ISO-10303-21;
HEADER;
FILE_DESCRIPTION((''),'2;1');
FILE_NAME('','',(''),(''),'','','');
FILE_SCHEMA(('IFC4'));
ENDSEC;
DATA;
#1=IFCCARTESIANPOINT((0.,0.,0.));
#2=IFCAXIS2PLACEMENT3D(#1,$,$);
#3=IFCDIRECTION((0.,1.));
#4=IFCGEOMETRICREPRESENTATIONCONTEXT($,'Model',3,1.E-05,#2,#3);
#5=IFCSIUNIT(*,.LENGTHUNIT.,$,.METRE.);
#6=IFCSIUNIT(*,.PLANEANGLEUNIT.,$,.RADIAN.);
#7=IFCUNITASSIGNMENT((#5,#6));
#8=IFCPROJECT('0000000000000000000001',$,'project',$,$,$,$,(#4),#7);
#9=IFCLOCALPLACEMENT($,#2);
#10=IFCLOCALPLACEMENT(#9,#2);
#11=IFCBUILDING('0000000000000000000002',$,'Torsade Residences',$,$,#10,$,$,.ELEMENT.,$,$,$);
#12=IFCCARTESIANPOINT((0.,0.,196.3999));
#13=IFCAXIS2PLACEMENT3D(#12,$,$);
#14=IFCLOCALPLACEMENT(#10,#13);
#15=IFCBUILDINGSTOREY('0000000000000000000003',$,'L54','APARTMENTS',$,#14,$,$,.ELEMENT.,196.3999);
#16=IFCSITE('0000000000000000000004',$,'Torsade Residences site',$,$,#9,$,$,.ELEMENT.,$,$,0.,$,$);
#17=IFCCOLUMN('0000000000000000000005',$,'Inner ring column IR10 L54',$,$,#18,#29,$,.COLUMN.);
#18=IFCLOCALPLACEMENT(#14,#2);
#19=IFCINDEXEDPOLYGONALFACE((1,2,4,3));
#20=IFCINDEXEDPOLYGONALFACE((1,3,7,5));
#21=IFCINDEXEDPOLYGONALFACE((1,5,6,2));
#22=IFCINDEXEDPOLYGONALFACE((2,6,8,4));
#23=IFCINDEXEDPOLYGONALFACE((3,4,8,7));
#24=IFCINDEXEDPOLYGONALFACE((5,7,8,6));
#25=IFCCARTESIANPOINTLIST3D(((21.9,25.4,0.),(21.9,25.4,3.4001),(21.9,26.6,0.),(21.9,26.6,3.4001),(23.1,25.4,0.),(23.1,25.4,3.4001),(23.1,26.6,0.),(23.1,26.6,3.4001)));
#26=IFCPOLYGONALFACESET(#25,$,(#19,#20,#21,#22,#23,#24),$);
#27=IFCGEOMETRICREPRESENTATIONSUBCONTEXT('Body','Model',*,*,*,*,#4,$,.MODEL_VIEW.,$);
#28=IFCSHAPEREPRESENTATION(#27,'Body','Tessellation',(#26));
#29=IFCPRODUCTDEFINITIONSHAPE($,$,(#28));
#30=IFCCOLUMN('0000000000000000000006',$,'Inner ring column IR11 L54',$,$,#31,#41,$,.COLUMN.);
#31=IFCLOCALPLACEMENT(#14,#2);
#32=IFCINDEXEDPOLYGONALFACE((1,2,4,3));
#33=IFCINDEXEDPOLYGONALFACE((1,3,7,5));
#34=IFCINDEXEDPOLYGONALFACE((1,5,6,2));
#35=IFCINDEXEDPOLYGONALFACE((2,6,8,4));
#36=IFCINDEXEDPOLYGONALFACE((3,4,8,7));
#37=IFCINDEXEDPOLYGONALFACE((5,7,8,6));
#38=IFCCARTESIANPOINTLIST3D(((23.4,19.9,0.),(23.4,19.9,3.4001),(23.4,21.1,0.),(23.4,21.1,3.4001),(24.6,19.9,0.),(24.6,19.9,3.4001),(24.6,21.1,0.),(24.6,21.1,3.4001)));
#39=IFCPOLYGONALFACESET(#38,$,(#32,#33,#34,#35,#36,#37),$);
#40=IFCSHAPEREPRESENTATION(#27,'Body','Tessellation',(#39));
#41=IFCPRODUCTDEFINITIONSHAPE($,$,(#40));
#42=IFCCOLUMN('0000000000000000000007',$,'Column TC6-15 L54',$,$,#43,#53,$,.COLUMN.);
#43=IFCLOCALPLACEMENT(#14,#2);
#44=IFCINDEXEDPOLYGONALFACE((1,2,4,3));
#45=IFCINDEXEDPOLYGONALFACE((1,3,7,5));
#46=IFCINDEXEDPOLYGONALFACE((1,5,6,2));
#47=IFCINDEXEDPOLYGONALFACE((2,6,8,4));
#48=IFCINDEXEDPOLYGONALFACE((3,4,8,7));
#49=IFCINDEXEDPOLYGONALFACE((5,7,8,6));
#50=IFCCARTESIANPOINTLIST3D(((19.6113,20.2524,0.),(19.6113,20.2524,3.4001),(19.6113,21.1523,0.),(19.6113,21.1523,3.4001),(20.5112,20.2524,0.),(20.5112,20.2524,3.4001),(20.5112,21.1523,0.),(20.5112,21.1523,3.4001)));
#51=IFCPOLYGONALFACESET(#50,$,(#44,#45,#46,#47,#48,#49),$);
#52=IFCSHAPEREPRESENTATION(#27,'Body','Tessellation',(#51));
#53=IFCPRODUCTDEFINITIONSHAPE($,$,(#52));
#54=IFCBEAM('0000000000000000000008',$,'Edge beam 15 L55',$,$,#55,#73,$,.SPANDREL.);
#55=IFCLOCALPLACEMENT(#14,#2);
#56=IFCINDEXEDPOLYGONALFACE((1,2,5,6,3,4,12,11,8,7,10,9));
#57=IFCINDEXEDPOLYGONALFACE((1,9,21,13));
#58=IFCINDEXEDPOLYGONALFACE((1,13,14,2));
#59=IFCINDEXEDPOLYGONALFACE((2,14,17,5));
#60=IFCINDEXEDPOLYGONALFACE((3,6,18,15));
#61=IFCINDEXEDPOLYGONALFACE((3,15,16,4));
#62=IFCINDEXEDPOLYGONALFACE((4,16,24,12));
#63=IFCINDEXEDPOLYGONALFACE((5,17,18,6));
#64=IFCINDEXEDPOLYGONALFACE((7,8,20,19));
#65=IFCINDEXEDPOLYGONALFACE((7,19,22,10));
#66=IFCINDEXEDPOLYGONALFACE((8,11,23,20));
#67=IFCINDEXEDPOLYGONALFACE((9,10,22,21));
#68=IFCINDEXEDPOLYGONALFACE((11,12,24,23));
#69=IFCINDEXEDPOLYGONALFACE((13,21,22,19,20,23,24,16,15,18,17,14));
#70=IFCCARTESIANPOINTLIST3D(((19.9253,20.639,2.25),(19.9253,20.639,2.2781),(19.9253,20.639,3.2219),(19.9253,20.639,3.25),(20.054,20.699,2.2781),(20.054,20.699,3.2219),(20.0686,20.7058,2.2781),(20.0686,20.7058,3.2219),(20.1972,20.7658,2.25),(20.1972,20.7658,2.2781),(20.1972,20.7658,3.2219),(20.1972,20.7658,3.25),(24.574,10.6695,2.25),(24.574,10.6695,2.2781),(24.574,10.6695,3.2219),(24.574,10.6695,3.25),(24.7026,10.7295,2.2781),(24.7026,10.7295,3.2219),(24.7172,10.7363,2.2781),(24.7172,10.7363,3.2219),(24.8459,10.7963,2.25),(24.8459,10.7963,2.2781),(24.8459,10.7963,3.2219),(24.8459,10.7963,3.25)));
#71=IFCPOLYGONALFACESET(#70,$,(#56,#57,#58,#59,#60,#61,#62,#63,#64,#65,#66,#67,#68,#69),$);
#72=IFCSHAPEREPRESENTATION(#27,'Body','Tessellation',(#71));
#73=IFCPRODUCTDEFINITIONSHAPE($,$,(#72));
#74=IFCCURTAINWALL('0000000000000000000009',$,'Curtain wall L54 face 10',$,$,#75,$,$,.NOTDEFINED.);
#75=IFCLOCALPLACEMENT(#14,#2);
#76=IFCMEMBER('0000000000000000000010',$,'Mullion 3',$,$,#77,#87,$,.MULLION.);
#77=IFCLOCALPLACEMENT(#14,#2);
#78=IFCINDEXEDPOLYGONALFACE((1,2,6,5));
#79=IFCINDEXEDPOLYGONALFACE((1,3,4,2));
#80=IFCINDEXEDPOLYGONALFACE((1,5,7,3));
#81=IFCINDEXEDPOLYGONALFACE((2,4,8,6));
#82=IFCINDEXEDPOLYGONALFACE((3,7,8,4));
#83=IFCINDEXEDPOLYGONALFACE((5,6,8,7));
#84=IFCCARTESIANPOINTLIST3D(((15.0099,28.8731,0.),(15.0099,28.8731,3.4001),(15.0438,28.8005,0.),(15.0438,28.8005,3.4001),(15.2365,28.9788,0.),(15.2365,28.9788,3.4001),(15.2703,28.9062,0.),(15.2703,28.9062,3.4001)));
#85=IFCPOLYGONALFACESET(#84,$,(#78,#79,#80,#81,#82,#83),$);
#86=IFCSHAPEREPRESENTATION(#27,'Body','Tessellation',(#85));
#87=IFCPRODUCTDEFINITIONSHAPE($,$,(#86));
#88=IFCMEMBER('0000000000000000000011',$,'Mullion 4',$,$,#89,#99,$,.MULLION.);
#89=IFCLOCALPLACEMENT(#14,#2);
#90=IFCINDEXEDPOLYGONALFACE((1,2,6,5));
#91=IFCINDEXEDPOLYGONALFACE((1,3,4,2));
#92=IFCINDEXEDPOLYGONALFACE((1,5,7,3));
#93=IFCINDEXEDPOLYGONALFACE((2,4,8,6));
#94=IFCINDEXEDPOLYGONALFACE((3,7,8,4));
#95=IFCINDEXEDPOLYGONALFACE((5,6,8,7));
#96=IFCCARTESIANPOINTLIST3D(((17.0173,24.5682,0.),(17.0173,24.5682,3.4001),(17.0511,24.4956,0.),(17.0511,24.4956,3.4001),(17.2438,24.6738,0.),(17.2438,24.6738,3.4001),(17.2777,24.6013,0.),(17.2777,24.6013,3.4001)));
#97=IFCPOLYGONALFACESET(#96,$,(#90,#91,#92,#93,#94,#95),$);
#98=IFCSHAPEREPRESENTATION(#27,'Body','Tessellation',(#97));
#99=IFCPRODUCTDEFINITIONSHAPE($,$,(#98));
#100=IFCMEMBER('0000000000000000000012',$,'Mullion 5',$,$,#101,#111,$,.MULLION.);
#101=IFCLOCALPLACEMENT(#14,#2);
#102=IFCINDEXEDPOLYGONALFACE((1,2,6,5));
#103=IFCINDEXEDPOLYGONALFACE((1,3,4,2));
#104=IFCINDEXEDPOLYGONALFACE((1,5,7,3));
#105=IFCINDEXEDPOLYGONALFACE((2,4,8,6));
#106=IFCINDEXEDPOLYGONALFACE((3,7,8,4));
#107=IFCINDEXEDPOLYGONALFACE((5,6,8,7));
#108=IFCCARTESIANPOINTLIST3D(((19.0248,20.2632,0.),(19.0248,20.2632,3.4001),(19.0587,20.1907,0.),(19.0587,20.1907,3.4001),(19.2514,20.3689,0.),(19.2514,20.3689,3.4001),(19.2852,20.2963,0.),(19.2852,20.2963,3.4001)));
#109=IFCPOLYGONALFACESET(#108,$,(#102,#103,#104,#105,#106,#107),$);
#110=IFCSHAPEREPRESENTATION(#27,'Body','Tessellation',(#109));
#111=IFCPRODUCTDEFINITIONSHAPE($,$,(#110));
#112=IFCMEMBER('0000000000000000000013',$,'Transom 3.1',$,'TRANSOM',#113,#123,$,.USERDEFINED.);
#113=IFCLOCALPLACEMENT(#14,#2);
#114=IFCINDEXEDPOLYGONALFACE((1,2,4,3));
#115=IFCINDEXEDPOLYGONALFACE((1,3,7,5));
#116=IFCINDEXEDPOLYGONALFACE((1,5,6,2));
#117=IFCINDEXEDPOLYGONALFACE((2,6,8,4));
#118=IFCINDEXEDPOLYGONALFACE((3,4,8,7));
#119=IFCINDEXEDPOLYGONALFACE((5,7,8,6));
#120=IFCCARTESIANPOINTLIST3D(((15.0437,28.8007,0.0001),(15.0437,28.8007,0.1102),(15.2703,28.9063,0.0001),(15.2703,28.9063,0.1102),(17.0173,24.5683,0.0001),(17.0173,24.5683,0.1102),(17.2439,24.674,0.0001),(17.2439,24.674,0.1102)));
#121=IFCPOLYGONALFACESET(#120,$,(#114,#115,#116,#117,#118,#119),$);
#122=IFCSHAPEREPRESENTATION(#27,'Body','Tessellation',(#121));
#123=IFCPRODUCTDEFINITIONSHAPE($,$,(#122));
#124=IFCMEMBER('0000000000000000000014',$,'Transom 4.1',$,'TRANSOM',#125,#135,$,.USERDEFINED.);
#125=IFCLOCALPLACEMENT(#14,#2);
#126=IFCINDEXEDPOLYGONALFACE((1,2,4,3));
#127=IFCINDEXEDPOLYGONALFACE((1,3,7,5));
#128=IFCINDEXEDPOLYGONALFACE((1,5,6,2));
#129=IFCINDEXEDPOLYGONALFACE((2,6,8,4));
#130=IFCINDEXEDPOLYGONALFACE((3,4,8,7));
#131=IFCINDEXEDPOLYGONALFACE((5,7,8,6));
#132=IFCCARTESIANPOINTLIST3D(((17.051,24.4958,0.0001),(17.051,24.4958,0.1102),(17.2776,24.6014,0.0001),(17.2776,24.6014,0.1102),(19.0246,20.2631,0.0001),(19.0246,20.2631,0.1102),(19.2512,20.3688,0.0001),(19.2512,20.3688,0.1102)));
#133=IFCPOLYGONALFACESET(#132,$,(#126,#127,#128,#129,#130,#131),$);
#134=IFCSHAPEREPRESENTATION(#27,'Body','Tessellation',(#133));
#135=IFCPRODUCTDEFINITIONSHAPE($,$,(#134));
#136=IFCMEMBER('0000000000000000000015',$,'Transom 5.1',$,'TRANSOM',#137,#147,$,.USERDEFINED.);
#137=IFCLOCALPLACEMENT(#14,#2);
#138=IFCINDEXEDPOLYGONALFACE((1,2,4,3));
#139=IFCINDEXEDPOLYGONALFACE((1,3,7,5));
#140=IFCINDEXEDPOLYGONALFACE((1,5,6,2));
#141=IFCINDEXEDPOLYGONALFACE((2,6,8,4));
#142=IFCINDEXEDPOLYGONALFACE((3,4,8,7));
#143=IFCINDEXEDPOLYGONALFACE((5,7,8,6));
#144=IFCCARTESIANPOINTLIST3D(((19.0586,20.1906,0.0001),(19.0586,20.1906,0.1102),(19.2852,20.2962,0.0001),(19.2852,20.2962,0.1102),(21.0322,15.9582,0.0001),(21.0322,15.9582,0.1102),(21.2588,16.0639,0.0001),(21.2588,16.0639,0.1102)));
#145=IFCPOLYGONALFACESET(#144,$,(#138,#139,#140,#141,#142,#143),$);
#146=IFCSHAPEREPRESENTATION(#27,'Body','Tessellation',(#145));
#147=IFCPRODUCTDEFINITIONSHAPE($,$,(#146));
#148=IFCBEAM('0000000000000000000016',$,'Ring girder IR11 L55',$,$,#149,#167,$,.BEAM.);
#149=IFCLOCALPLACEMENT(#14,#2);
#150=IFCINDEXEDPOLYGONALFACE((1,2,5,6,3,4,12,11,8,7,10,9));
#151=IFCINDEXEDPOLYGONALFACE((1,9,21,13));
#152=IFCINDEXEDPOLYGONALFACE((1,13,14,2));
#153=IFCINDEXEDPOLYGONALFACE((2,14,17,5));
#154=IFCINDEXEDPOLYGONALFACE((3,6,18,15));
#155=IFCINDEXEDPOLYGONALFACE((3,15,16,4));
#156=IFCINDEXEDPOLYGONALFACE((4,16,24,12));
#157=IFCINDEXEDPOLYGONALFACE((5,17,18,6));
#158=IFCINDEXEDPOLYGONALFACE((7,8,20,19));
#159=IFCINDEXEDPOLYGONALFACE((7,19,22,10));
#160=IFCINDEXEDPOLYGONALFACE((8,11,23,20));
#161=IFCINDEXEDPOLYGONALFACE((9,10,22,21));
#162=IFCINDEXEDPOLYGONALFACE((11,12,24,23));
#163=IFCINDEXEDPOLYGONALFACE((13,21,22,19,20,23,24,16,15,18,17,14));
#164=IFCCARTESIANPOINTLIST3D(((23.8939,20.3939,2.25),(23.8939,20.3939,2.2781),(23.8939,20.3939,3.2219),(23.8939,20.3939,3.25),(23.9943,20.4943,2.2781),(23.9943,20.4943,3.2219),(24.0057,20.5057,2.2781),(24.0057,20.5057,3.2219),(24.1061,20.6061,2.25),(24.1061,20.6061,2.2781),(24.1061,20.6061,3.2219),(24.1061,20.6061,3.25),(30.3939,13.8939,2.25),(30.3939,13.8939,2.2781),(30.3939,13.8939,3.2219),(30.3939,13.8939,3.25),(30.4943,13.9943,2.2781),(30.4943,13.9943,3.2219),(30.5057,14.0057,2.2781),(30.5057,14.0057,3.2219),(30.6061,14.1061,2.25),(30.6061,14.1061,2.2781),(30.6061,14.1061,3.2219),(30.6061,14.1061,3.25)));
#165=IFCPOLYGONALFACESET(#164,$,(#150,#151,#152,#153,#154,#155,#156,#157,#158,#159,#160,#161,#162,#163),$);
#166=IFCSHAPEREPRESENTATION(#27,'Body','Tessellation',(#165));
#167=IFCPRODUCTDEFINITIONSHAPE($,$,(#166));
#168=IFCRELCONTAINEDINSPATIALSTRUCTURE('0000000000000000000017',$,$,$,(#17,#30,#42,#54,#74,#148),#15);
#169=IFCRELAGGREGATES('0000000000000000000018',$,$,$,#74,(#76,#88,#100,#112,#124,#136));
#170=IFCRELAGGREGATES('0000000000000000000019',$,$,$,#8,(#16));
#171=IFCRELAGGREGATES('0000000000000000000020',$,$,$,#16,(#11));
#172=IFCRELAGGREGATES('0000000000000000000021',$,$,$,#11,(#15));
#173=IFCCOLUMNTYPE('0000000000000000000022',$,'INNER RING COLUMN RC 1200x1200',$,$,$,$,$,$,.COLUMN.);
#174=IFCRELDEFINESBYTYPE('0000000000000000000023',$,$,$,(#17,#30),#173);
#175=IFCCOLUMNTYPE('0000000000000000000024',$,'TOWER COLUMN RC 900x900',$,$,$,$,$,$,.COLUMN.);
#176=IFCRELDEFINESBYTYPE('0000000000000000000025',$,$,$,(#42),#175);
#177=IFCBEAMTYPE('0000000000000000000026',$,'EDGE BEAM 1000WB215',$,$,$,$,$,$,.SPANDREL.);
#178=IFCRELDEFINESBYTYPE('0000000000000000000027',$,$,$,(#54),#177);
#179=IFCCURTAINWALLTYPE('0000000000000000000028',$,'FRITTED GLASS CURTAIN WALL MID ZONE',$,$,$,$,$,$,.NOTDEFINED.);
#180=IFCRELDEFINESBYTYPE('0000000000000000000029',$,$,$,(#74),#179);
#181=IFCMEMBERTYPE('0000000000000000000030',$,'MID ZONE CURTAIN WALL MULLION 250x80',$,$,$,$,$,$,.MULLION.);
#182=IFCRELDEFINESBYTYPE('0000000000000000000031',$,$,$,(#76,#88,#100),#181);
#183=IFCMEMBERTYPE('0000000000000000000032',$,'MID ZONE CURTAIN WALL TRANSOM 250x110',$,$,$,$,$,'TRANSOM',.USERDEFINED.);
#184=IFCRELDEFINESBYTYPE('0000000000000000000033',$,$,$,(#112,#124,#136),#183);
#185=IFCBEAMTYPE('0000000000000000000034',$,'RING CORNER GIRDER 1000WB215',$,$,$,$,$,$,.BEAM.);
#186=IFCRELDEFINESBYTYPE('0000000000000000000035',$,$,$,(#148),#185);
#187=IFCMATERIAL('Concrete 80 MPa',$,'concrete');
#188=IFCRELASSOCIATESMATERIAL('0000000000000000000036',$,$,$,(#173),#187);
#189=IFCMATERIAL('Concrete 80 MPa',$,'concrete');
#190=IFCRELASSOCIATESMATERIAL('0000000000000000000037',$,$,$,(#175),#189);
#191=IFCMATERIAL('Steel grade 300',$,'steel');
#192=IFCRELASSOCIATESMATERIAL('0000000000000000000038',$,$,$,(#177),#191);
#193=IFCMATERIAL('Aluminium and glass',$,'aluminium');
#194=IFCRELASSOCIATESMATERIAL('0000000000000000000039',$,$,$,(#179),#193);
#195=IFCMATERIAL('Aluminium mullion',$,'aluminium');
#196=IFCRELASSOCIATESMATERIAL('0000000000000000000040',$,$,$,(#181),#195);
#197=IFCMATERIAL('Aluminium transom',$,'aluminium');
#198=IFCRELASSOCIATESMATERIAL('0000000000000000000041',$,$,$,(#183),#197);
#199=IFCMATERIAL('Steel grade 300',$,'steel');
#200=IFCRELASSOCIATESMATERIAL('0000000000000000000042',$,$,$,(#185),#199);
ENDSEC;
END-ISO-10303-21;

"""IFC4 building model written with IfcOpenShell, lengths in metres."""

from ifc_helpers import new_model, si_unit, direction, frame, origin, origin_2d, place, context, subcontext, project, spatial, rectangle, i_section, extrude, material, material_profile, profile_set, type_object, element, aggregate, save


model = new_model("IFC4")

# Units and contexts
model_context = context("Model", 3, precision=1e-05, world=origin(), true_north=direction((0.0, 1.0)))
body_context = subcontext(model_context, "Body", "Model", "MODEL_VIEW")
ifc_project = project(units=[si_unit("LENGTHUNIT", "METRE"), si_unit("PLANEANGLEUNIT", "RADIAN")], contexts=[model_context])

# Site, building, storey
site_placement = place(None, origin())
site = spatial("IfcSite", under=ifc_project, at=site_placement, Name="Torsade Residences site", CompositionType="ELEMENT", RefElevation=0.0)
building_placement = place(site_placement, origin())
building = spatial("IfcBuilding", under=site, at=building_placement, Name="Torsade Residences", CompositionType="ELEMENT")
storey_placement = place(building_placement, frame((0.0, 0.0, 196.3999)))
storey = spatial("IfcBuildingStorey", under=building, at=storey_placement, Name="L54", Description="APARTMENTS", CompositionType="ELEMENT", Elevation=196.3999)

# Columns
ifc_material_1 = material(Name="Concrete 80 MPa", Category="concrete")
ifc_material_profile_1 = material_profile(ifc_material_1, rectangle(XDim=1.2, YDim=1.2, at=origin_2d()), Name="RC 1200x1200")
ifc_profile_set_1 = profile_set([ifc_material_profile_1], Name="Concrete 80 MPa")
column_type_1 = type_object("IfcColumnType", Name="INNER RING COLUMN RC 1200x1200", PredefinedType="COLUMN", material=ifc_profile_set_1)
for number, where, z_axis, x_axis, name in (
    (1, (22.5, 26.0, 0.0), (0.0, 0.0, 1.0), (1.0, 0.0, 0.0), "Inner ring column IR10 L54"),
    (2, (24.0, 20.5, 0.0), (0.0, 0.0, 1.0), (1.0, 0.0, 0.0), "Inner ring column IR11 L54"),
):
    element("IfcColumn", number, at=place(storey_placement, frame(where, z_axis=z_axis, x_axis=x_axis)), inside=storey, type_object=column_type_1, Name=name, PredefinedType="COLUMN", context=body_context, shape_type="SweptSolid", body=[
        extrude(rectangle(XDim=1.2, YDim=1.2, at=origin_2d()), origin(), (0.0, 0.0, 1.0), 3.4001),
    ])
ifc_material_2 = material(Name="Concrete 80 MPa", Category="concrete")
ifc_material_profile_2 = material_profile(ifc_material_2, rectangle(XDim=0.8999, YDim=0.8999, at=origin_2d()), Name="RC 900x900")
ifc_profile_set_2 = profile_set([ifc_material_profile_2], Name="Concrete 80 MPa")
column_type_2 = type_object("IfcColumnType", Name="TOWER COLUMN RC 900x900", PredefinedType="COLUMN", material=ifc_profile_set_2)
column_placement = place(storey_placement, frame((20.0613, 20.7024, 0.0), z_axis=(0.0, 0.0, 1.0), x_axis=(1.0, 0.0, 0.0)))
element("IfcColumn", 3, at=column_placement, inside=storey, type_object=column_type_2, Name="Column TC6-15 L54", PredefinedType="COLUMN", context=body_context, shape_type="SweptSolid", body=[
    extrude(rectangle(XDim=0.8999, YDim=0.8999, at=origin_2d()), origin(), (0.0, 0.0, 1.0), 3.4001),
])

# Beam
ifc_material_3 = material(Name="Steel grade 300", Category="steel")
ifc_material_profile_3 = material_profile(ifc_material_3, i_section(OverallWidth=0.3, OverallDepth=1.0, WebThickness=0.0161, FlangeThickness=0.0281, at=origin_2d()), Name="1000WB215")
ifc_profile_set_3 = profile_set([ifc_material_profile_3], Name="Steel grade 300")
beam_type_1 = type_object("IfcBeamType", Name="EDGE BEAM 1000WB215", PredefinedType="SPANDREL", material=ifc_profile_set_3)
beam_1_placement = place(storey_placement, frame((20.0613, 20.7024, 2.75), z_axis=(0.422606, -0.906314, 0.0), x_axis=(0.906314, 0.422606, 0.0)))
element("IfcBeam", 4, at=beam_1_placement, inside=storey, type_object=beam_type_1, Name="Edge beam 15 L55", PredefinedType="SPANDREL", context=body_context, shape_type="SweptSolid", body=[
    extrude(i_section(OverallWidth=0.3, OverallDepth=1.0, WebThickness=0.0161, FlangeThickness=0.0281, at=origin_2d()), origin(), (0.0, 0.0, 1.0), 11.0),
])

# Curtain wall, members
ifc_material_4 = material(Name="Aluminium and glass", Category="aluminium")
curtain_wall_type = type_object("IfcCurtainWallType", Name="FRITTED GLASS CURTAIN WALL MID ZONE", PredefinedType="NOTDEFINED", material=ifc_material_4)
curtain_wall_placement = place(storey_placement, origin())
curtain_wall = element("IfcCurtainWall", 5, at=curtain_wall_placement, inside=storey, type_object=curtain_wall_type, Name="Curtain wall L54 face 10", PredefinedType="NOTDEFINED")
ifc_material_5 = material(Name="Aluminium mullion", Category="aluminium")
ifc_material_profile_4 = material_profile(ifc_material_5, rectangle(XDim=0.25, YDim=0.0801, at=origin_2d()), Name="MID ZONE CURTAIN WALL MULLION 250x80")
ifc_profile_set_4 = profile_set([ifc_material_profile_4], Name="Aluminium mullion")
member_type_1 = type_object("IfcMemberType", Name="MID ZONE CURTAIN WALL MULLION 250x80", PredefinedType="MULLION", material=ifc_profile_set_4)
member_1_placement = place(storey_placement, frame((15.1401, 28.8896, 0.0), z_axis=(0.0, 0.0, 1.0), x_axis=(0.906308, 0.422618, 0.0)))
member_1 = element("IfcMember", 6, at=member_1_placement, type_object=member_type_1, Name="Mullion 3", PredefinedType="MULLION", context=body_context, shape_type="SweptSolid", body=[
    extrude(rectangle(XDim=0.25, YDim=0.0801, at=origin_2d()), origin(), (0.0, 0.0, 1.0), 3.4001),
])
member_2_placement = place(storey_placement, frame((17.1475, 24.5847, 0.0), z_axis=(0.0, 0.0, 1.0), x_axis=(0.906308, 0.422618, 0.0)))
member_2 = element("IfcMember", 7, at=member_2_placement, type_object=member_type_1, Name="Mullion 4", PredefinedType="MULLION", context=body_context, shape_type="SweptSolid", body=[
    extrude(rectangle(XDim=0.25, YDim=0.0801, at=origin_2d()), origin(), (0.0, 0.0, 1.0), 3.4001),
])
member_3_placement = place(storey_placement, frame((19.155, 20.2798, 0.0), z_axis=(0.0, 0.0, 1.0), x_axis=(0.906308, 0.422618, 0.0)))
member_3 = element("IfcMember", 8, at=member_3_placement, type_object=member_type_1, Name="Mullion 5", PredefinedType="MULLION", context=body_context, shape_type="SweptSolid", body=[
    extrude(rectangle(XDim=0.25, YDim=0.0801, at=origin_2d()), origin(), (0.0, 0.0, 1.0), 3.4001),
])
ifc_material_6 = material(Name="Aluminium transom", Category="aluminium")
ifc_material_profile_5 = material_profile(ifc_material_6, rectangle(XDim=0.25, YDim=0.1101, at=origin_2d()), Name="MID ZONE CURTAIN WALL TRANSOM 250x110")
ifc_profile_set_5 = profile_set([ifc_material_profile_5], Name="Aluminium transom")
member_type_2 = type_object("IfcMemberType", Name="MID ZONE CURTAIN WALL TRANSOM 250x110", ElementType="TRANSOM", PredefinedType="USERDEFINED", material=ifc_profile_set_5)
member_4_placement = place(storey_placement, frame((15.157, 28.8535, 0.0552), z_axis=(0.422622, -0.906306, 0.0), x_axis=(0.906306, 0.422622, 0.0)))
member_4 = element("IfcMember", 9, at=member_4_placement, type_object=member_type_2, Name="Transom 3.1", ObjectType="TRANSOM", PredefinedType="USERDEFINED", context=body_context, shape_type="SweptSolid", body=[
    extrude(rectangle(XDim=0.25, YDim=0.1101, at=origin_2d()), origin(), (0.0, 0.0, 1.0), 4.6699),
])
member_5_placement = place(storey_placement, frame((17.1643, 24.5486, 0.0552), z_axis=(0.422602, -0.906315, 0.0), x_axis=(0.906315, 0.422602, 0.0)))
member_5 = element("IfcMember", 10, at=member_5_placement, type_object=member_type_2, Name="Transom 4.1", ObjectType="TRANSOM", PredefinedType="USERDEFINED", context=body_context, shape_type="SweptSolid", body=[
    extrude(rectangle(XDim=0.25, YDim=0.1101, at=origin_2d()), origin(), (0.0, 0.0, 1.0), 4.6702),
])
member_6_placement = place(storey_placement, frame((19.1719, 20.2434, 0.0552), z_axis=(0.422622, -0.906306, 0.0), x_axis=(0.906306, 0.422622, 0.0)))
member_6 = element("IfcMember", 11, at=member_6_placement, type_object=member_type_2, Name="Transom 5.1", ObjectType="TRANSOM", PredefinedType="USERDEFINED", context=body_context, shape_type="SweptSolid", body=[
    extrude(rectangle(XDim=0.25, YDim=0.1101, at=origin_2d()), origin(), (0.0, 0.0, 1.0), 4.6699),
])

# Beam
ifc_material_7 = material(Name="Steel grade 300", Category="steel")
ifc_material_profile_6 = material_profile(ifc_material_7, i_section(OverallWidth=0.3, OverallDepth=1.0, WebThickness=0.0161, FlangeThickness=0.0281, at=origin_2d()), Name="1000WB215")
ifc_profile_set_6 = profile_set([ifc_material_profile_6], Name="Steel grade 300")
beam_type_2 = type_object("IfcBeamType", Name="RING CORNER GIRDER 1000WB215", PredefinedType="BEAM", material=ifc_profile_set_6)
beam_2_placement = place(storey_placement, frame((24.0, 20.5, 2.75), z_axis=(0.707107, -0.707107, 0.0), x_axis=(0.707107, 0.707107, 0.0)))
element("IfcBeam", 12, at=beam_2_placement, inside=storey, type_object=beam_type_2, Name="Ring girder IR11 L55", PredefinedType="BEAM", context=body_context, shape_type="SweptSolid", body=[
    extrude(i_section(OverallWidth=0.3, OverallDepth=1.0, WebThickness=0.0161, FlangeThickness=0.0281, at=origin_2d()), origin(), (0.0, 0.0, 1.0), 9.1924),
])

aggregate(curtain_wall, [member_1, member_2, member_3, member_4, member_5, member_6])

save(model, "model.ifc")
